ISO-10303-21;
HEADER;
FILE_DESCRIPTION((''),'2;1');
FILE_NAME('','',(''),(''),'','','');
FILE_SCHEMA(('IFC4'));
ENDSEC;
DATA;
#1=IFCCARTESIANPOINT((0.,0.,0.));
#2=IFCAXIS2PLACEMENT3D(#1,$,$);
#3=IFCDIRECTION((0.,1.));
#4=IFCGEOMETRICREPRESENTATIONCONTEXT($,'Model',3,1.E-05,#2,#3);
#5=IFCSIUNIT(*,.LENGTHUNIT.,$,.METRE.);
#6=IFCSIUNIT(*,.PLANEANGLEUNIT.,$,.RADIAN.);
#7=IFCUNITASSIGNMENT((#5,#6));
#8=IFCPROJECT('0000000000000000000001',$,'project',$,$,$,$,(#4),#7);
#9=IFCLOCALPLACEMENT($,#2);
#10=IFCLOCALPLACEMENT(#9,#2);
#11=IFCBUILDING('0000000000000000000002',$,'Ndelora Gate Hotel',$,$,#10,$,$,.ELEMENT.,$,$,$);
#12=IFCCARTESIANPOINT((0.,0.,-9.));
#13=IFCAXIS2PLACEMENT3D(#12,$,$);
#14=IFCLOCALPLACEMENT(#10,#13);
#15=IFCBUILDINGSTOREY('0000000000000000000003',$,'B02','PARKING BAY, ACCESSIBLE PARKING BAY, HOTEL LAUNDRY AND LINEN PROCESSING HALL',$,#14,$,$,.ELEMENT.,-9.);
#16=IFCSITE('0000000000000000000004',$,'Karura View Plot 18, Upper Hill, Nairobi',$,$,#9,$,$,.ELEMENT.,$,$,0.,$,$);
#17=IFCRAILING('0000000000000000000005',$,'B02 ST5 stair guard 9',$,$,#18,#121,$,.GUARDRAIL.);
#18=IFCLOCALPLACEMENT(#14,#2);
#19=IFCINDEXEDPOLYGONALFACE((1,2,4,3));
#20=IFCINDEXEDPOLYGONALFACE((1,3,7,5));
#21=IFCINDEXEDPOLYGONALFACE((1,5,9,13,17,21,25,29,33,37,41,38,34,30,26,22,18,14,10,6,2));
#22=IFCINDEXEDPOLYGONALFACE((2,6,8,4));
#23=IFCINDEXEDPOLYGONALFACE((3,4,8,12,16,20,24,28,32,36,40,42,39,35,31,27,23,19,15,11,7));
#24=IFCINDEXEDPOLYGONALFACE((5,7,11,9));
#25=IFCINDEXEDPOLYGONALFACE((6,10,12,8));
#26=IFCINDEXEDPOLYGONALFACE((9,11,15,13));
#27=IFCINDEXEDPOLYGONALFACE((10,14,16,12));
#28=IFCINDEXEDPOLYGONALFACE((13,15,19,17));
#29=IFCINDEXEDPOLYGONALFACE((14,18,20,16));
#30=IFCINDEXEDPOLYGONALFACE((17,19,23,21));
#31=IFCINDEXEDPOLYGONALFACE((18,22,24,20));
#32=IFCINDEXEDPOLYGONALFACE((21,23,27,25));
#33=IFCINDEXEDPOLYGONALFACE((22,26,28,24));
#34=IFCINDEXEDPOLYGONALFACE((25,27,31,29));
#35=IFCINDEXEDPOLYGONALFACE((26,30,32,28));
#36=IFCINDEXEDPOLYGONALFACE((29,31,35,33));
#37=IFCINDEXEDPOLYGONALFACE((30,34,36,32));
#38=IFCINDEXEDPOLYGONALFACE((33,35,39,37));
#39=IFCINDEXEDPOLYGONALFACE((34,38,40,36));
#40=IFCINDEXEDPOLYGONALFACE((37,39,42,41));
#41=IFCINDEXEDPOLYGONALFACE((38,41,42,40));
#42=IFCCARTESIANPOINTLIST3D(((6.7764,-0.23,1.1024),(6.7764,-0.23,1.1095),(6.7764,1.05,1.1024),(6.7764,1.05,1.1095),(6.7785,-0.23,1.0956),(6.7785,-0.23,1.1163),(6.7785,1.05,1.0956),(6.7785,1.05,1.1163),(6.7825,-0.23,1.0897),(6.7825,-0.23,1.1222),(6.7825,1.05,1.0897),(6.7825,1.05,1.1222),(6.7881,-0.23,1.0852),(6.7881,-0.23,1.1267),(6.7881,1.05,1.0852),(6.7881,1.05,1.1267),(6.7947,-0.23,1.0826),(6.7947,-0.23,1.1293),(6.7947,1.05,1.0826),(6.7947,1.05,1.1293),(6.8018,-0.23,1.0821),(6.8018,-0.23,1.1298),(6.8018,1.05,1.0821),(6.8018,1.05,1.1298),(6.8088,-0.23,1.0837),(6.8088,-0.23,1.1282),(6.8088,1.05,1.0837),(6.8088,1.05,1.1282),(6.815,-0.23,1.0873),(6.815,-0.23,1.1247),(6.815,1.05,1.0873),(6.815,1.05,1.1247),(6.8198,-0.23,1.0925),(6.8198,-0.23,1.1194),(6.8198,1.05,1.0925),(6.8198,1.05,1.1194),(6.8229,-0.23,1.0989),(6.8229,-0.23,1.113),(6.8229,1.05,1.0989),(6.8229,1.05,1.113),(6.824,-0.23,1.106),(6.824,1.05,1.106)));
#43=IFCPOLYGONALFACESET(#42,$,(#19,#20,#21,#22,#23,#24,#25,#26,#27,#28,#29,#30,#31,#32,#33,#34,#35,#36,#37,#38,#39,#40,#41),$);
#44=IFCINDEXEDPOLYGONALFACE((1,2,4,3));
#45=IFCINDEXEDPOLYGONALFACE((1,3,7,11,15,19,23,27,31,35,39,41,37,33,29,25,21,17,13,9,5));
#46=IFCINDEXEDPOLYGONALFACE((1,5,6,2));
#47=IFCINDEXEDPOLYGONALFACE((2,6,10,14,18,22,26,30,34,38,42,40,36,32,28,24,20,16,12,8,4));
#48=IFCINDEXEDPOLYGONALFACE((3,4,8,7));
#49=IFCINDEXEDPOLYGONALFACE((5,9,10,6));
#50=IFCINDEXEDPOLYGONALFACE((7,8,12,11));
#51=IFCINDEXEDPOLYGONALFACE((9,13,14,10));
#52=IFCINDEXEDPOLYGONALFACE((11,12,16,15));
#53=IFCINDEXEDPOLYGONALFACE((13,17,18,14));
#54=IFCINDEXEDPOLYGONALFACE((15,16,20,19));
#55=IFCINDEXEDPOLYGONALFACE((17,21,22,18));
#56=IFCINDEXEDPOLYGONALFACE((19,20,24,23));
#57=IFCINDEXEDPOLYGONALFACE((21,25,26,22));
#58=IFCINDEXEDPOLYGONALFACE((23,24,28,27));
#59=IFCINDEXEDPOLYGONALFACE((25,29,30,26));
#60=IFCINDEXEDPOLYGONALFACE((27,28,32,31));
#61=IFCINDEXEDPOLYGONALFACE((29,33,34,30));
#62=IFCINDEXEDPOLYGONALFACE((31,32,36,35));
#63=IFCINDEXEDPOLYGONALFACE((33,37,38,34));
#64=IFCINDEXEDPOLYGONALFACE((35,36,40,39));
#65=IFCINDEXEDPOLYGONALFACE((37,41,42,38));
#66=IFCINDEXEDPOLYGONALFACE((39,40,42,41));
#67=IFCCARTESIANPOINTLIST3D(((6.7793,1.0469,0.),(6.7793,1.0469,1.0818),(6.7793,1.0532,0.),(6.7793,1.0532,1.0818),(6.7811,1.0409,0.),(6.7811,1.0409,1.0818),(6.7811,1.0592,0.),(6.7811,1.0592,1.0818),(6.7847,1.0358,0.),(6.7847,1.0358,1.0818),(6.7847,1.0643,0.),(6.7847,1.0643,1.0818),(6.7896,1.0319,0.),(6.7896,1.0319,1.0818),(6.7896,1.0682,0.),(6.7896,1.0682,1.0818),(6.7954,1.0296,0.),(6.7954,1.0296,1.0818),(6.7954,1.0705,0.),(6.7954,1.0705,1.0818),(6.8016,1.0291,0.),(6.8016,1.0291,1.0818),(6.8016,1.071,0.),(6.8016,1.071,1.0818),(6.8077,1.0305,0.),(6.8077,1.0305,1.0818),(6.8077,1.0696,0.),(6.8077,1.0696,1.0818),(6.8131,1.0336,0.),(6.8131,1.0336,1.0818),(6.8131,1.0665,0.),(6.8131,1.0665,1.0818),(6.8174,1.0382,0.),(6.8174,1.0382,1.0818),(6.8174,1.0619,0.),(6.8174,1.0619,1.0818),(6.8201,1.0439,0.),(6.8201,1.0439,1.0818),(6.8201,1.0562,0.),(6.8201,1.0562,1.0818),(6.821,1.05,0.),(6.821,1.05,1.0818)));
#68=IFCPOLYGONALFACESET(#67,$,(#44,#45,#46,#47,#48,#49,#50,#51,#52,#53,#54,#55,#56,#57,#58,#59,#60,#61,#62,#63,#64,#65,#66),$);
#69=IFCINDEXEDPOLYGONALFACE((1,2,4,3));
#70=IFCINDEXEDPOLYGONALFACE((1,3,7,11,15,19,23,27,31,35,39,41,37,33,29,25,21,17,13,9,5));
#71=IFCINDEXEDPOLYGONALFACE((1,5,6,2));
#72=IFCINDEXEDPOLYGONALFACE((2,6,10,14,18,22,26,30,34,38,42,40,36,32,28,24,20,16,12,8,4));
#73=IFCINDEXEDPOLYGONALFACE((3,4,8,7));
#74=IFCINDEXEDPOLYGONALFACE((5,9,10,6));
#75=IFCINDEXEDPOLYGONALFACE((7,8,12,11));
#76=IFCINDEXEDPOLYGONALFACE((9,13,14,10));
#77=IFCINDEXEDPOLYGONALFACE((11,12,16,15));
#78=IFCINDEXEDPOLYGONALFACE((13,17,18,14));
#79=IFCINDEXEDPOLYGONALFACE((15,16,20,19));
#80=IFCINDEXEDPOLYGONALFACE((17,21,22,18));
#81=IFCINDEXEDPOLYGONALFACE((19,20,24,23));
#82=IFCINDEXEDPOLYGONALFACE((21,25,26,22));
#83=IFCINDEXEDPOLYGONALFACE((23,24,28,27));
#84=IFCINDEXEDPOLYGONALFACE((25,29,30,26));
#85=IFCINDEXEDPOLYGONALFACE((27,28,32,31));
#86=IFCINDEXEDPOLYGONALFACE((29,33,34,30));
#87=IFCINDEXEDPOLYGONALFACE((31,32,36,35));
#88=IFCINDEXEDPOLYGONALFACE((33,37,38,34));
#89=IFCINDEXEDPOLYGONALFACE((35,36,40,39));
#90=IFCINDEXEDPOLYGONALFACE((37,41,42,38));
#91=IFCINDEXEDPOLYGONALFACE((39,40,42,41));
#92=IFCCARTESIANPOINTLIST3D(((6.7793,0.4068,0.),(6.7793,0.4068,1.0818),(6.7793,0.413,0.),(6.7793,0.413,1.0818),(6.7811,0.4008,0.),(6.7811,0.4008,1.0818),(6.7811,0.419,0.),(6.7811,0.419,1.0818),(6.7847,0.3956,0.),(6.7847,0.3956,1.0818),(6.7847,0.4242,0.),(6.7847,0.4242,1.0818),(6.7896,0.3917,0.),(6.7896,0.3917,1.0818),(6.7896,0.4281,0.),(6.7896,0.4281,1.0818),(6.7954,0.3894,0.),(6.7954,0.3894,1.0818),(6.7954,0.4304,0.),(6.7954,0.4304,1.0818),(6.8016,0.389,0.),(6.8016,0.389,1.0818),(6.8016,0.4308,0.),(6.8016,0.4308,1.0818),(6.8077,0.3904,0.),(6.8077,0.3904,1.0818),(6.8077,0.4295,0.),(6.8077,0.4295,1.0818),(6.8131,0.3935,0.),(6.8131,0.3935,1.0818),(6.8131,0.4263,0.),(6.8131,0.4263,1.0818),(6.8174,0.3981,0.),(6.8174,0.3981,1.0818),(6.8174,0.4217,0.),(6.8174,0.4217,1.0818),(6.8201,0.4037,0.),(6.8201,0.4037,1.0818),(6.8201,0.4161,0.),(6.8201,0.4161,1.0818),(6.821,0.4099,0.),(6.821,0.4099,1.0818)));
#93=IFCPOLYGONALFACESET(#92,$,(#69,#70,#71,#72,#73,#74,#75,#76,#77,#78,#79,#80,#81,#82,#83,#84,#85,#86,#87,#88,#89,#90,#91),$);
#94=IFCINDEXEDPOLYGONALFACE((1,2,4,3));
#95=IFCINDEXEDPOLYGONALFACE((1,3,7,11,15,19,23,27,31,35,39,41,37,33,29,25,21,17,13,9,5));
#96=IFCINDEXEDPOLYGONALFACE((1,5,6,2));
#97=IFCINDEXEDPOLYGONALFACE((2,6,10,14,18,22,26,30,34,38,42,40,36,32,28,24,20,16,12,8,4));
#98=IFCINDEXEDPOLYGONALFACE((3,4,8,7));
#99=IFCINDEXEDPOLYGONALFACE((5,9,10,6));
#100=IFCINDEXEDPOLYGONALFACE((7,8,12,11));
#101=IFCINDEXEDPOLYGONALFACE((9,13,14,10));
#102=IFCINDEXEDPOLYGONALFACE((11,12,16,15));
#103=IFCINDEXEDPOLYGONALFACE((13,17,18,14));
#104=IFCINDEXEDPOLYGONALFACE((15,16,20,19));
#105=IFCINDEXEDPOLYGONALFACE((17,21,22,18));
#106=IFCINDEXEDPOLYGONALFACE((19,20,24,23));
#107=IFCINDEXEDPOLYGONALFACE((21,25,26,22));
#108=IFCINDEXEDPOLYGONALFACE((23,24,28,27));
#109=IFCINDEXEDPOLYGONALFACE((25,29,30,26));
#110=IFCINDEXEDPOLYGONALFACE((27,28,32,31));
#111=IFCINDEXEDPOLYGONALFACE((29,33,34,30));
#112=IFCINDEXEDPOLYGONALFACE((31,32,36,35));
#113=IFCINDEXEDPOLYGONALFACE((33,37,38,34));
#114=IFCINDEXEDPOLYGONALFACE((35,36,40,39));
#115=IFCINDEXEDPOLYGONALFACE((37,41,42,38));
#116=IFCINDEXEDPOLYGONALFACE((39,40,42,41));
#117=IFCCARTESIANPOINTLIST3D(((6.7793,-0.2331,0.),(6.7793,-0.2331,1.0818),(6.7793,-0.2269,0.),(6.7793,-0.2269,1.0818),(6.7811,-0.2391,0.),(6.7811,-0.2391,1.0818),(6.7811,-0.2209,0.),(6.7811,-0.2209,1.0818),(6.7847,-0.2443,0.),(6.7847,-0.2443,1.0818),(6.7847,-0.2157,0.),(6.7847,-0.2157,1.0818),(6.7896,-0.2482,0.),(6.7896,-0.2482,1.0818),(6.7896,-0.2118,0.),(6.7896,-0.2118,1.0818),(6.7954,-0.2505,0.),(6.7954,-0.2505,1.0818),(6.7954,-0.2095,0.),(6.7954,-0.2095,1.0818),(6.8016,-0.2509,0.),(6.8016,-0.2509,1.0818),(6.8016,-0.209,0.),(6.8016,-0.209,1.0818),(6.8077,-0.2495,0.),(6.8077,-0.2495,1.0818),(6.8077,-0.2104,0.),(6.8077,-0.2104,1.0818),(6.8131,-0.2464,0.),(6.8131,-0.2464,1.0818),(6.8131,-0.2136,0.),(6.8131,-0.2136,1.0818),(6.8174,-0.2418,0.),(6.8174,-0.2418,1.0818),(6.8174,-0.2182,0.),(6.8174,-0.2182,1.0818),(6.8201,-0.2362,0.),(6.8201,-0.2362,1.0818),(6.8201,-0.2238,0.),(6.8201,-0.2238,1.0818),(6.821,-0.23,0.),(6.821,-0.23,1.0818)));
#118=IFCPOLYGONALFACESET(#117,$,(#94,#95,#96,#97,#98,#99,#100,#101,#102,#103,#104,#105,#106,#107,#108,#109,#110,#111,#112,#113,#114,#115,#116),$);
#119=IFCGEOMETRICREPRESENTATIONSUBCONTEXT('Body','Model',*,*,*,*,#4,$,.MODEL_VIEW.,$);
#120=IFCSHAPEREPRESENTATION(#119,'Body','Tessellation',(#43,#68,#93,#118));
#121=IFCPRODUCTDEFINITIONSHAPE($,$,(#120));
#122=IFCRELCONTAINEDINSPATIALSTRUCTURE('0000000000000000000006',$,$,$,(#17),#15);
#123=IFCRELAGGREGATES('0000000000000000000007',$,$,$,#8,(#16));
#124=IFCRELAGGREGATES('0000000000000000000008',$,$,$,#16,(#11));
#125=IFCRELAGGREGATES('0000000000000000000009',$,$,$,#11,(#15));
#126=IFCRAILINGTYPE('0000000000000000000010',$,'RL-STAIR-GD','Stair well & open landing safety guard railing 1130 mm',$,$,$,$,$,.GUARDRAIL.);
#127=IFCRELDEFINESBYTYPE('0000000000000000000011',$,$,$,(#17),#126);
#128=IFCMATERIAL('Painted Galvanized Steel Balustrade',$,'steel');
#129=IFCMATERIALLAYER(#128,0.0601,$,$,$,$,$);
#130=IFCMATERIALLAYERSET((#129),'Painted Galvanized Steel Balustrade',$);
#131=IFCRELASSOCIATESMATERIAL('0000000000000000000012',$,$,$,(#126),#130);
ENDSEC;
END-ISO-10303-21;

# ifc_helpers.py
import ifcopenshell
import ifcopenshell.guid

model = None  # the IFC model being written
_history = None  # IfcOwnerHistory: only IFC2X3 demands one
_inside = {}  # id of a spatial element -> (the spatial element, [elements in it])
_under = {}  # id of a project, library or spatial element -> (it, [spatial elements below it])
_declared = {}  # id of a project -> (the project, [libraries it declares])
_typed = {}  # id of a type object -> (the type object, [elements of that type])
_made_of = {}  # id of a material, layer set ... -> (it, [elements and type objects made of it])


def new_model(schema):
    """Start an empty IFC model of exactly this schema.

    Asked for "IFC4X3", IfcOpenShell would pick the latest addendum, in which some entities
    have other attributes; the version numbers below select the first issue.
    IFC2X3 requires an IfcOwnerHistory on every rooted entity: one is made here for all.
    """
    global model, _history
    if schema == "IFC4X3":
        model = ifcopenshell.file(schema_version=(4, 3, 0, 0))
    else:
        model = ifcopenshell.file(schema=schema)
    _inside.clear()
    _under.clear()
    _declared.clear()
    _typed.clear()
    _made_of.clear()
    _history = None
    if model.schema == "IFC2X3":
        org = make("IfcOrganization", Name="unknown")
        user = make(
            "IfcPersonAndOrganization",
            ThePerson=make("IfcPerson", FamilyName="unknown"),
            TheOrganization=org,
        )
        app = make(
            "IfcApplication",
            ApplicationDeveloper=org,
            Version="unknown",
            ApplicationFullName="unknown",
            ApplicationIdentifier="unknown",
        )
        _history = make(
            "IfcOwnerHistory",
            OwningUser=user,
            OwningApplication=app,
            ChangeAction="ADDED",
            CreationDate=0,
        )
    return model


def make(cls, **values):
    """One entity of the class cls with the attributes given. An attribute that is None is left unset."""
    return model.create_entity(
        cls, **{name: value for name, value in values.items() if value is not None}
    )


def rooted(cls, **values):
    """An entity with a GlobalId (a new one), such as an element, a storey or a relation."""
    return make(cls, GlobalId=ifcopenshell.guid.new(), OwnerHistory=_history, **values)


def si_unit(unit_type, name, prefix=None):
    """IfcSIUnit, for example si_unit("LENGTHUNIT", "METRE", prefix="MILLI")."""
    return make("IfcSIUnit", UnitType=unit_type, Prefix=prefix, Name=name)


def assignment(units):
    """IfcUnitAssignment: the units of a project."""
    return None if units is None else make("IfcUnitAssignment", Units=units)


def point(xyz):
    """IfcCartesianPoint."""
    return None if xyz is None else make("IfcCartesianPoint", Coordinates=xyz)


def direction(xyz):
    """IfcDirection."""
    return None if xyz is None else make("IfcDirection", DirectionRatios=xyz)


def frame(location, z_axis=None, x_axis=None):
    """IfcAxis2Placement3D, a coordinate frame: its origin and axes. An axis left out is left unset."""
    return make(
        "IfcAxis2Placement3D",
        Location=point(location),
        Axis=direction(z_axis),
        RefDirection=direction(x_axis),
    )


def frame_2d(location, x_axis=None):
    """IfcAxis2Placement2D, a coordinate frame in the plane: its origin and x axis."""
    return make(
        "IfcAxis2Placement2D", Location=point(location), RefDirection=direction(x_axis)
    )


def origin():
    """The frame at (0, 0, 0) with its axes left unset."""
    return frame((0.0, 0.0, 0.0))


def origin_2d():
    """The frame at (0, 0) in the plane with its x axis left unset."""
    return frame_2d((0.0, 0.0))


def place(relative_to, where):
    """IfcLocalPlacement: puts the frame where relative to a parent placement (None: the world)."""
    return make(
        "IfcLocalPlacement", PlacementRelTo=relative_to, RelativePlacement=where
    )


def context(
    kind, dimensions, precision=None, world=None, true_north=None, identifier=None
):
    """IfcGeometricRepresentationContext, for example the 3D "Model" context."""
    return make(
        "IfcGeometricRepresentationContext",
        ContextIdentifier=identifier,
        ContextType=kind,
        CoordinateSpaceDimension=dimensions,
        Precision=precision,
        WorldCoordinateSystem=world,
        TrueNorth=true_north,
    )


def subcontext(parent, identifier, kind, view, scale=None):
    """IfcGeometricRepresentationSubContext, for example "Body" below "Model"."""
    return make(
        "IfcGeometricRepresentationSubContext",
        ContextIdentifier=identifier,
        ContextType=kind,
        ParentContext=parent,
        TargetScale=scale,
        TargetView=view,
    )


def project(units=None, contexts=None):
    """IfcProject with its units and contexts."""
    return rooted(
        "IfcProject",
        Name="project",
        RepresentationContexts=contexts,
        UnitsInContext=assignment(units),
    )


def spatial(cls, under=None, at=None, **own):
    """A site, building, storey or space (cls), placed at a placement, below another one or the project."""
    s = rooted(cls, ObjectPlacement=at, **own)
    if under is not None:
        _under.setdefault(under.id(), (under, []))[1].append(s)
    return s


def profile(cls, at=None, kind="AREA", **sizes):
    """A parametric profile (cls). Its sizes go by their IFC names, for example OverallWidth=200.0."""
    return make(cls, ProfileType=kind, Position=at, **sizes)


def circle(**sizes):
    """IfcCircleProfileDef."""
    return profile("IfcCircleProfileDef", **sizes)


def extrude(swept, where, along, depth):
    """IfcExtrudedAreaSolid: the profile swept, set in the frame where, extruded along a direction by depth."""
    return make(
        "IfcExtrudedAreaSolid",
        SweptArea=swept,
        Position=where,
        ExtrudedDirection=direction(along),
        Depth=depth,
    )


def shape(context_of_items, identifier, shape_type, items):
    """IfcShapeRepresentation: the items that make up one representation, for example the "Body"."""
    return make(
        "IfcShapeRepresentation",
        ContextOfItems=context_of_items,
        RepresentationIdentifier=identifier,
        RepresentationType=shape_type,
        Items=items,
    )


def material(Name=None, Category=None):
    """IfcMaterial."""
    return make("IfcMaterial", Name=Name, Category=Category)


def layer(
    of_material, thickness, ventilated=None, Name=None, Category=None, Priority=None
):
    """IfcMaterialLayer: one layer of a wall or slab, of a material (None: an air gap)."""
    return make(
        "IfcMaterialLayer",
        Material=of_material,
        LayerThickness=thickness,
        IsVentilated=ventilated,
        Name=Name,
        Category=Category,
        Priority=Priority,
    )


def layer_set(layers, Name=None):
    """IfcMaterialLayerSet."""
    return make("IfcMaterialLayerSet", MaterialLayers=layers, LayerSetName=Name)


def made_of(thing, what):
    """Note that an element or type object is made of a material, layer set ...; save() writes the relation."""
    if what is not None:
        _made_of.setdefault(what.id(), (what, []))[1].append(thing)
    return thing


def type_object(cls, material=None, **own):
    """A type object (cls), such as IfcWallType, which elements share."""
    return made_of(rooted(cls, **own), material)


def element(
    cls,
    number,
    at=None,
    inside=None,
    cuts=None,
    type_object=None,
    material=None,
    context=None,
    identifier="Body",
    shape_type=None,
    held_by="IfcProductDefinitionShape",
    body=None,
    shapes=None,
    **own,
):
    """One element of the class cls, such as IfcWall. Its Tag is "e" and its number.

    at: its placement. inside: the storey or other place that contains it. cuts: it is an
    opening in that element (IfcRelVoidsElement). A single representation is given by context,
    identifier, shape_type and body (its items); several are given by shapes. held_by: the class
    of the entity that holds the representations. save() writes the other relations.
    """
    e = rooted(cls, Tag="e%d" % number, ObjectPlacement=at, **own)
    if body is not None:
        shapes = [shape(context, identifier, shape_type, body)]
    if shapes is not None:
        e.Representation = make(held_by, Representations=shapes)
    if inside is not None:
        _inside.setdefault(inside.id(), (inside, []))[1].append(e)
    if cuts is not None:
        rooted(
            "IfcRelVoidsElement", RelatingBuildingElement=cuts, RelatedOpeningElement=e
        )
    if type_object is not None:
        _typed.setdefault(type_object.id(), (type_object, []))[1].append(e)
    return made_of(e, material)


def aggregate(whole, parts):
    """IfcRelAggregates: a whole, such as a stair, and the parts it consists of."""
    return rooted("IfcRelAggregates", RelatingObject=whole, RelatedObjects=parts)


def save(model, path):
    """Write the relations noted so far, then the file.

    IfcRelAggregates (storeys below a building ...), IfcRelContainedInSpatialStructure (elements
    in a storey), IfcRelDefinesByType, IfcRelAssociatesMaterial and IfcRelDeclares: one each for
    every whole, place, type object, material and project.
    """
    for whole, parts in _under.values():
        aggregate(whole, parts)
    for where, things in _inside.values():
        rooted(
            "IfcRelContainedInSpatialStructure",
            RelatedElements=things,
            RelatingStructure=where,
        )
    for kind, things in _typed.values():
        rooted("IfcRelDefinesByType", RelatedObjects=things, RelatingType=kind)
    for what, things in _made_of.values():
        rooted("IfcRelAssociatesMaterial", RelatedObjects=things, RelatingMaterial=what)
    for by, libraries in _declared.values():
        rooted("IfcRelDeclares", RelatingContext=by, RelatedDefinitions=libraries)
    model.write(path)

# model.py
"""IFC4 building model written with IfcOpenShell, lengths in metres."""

from ifc_helpers import new_model, si_unit, direction, frame, origin, origin_2d, place, context, subcontext, project, spatial, circle, extrude, material, layer, layer_set, type_object, element, save


model = new_model("IFC4")

# Units and contexts
model_context = context("Model", 3, precision=1e-05, world=origin(), true_north=direction((0.0, 1.0)))
body_context = subcontext(model_context, "Body", "Model", "MODEL_VIEW")
ifc_project = project(units=[si_unit("LENGTHUNIT", "METRE"), si_unit("PLANEANGLEUNIT", "RADIAN")], contexts=[model_context])

# Site, building, storey
site_placement = place(None, origin())
site = spatial("IfcSite", under=ifc_project, at=site_placement, Name="Karura View Plot 18, Upper Hill, Nairobi", CompositionType="ELEMENT", RefElevation=0.0)
building_placement = place(site_placement, origin())
building = spatial("IfcBuilding", under=site, at=building_placement, Name="Ndelora Gate Hotel", CompositionType="ELEMENT")
storey_placement = place(building_placement, frame((0.0, 0.0, -9.0)))
storey = spatial("IfcBuildingStorey", under=building, at=storey_placement, Name="B02", Description="PARKING BAY, ACCESSIBLE PARKING BAY, HOTEL LAUNDRY AND LINEN PROCESSING HALL", CompositionType="ELEMENT", Elevation=-9.0)

# Railing
ifc_material_1 = material(Name="Painted Galvanized Steel Balustrade", Category="steel")
ifc_layer_1 = layer(ifc_material_1, 0.0601)
ifc_layer_set_1 = layer_set([ifc_layer_1], Name="Painted Galvanized Steel Balustrade")
railing_type = type_object("IfcRailingType", Name="RL-STAIR-GD", Description="Stair well & open landing safety guard railing 1130 mm", PredefinedType="GUARDRAIL", material=ifc_layer_set_1)
for number, where, name in (
    (1, (6.8, 1.05, 0.0), "B02 ST5 stair guard 9"),
):
    element("IfcRailing", number, at=place(storey_placement, frame(where)), inside=storey, type_object=railing_type, Name=name, PredefinedType="GUARDRAIL", context=body_context, shape_type="SweptSolid", body=[
        extrude(circle(Radius=0.0239, at=origin_2d()), frame((0.0, 0.0, 1.106), z_axis=(0.0, -1.0, 0.0), x_axis=(1.0, 0.0, 0.0)), (0.0, 0.0, 1.0), 1.28),
        extrude(circle(Radius=0.021, at=origin_2d()), origin(), (0.0, 0.0, 1.0), 1.0818),
        extrude(circle(Radius=0.021, at=origin_2d()), frame((0.0, -0.6401, 0.0)), (0.0, 0.0, 1.0), 1.0818),
        extrude(circle(Radius=0.021, at=origin_2d()), frame((0.0, -1.28, 0.0)), (0.0, 0.0, 1.0), 1.0818),
    ])

save(model, "model.ifc")
